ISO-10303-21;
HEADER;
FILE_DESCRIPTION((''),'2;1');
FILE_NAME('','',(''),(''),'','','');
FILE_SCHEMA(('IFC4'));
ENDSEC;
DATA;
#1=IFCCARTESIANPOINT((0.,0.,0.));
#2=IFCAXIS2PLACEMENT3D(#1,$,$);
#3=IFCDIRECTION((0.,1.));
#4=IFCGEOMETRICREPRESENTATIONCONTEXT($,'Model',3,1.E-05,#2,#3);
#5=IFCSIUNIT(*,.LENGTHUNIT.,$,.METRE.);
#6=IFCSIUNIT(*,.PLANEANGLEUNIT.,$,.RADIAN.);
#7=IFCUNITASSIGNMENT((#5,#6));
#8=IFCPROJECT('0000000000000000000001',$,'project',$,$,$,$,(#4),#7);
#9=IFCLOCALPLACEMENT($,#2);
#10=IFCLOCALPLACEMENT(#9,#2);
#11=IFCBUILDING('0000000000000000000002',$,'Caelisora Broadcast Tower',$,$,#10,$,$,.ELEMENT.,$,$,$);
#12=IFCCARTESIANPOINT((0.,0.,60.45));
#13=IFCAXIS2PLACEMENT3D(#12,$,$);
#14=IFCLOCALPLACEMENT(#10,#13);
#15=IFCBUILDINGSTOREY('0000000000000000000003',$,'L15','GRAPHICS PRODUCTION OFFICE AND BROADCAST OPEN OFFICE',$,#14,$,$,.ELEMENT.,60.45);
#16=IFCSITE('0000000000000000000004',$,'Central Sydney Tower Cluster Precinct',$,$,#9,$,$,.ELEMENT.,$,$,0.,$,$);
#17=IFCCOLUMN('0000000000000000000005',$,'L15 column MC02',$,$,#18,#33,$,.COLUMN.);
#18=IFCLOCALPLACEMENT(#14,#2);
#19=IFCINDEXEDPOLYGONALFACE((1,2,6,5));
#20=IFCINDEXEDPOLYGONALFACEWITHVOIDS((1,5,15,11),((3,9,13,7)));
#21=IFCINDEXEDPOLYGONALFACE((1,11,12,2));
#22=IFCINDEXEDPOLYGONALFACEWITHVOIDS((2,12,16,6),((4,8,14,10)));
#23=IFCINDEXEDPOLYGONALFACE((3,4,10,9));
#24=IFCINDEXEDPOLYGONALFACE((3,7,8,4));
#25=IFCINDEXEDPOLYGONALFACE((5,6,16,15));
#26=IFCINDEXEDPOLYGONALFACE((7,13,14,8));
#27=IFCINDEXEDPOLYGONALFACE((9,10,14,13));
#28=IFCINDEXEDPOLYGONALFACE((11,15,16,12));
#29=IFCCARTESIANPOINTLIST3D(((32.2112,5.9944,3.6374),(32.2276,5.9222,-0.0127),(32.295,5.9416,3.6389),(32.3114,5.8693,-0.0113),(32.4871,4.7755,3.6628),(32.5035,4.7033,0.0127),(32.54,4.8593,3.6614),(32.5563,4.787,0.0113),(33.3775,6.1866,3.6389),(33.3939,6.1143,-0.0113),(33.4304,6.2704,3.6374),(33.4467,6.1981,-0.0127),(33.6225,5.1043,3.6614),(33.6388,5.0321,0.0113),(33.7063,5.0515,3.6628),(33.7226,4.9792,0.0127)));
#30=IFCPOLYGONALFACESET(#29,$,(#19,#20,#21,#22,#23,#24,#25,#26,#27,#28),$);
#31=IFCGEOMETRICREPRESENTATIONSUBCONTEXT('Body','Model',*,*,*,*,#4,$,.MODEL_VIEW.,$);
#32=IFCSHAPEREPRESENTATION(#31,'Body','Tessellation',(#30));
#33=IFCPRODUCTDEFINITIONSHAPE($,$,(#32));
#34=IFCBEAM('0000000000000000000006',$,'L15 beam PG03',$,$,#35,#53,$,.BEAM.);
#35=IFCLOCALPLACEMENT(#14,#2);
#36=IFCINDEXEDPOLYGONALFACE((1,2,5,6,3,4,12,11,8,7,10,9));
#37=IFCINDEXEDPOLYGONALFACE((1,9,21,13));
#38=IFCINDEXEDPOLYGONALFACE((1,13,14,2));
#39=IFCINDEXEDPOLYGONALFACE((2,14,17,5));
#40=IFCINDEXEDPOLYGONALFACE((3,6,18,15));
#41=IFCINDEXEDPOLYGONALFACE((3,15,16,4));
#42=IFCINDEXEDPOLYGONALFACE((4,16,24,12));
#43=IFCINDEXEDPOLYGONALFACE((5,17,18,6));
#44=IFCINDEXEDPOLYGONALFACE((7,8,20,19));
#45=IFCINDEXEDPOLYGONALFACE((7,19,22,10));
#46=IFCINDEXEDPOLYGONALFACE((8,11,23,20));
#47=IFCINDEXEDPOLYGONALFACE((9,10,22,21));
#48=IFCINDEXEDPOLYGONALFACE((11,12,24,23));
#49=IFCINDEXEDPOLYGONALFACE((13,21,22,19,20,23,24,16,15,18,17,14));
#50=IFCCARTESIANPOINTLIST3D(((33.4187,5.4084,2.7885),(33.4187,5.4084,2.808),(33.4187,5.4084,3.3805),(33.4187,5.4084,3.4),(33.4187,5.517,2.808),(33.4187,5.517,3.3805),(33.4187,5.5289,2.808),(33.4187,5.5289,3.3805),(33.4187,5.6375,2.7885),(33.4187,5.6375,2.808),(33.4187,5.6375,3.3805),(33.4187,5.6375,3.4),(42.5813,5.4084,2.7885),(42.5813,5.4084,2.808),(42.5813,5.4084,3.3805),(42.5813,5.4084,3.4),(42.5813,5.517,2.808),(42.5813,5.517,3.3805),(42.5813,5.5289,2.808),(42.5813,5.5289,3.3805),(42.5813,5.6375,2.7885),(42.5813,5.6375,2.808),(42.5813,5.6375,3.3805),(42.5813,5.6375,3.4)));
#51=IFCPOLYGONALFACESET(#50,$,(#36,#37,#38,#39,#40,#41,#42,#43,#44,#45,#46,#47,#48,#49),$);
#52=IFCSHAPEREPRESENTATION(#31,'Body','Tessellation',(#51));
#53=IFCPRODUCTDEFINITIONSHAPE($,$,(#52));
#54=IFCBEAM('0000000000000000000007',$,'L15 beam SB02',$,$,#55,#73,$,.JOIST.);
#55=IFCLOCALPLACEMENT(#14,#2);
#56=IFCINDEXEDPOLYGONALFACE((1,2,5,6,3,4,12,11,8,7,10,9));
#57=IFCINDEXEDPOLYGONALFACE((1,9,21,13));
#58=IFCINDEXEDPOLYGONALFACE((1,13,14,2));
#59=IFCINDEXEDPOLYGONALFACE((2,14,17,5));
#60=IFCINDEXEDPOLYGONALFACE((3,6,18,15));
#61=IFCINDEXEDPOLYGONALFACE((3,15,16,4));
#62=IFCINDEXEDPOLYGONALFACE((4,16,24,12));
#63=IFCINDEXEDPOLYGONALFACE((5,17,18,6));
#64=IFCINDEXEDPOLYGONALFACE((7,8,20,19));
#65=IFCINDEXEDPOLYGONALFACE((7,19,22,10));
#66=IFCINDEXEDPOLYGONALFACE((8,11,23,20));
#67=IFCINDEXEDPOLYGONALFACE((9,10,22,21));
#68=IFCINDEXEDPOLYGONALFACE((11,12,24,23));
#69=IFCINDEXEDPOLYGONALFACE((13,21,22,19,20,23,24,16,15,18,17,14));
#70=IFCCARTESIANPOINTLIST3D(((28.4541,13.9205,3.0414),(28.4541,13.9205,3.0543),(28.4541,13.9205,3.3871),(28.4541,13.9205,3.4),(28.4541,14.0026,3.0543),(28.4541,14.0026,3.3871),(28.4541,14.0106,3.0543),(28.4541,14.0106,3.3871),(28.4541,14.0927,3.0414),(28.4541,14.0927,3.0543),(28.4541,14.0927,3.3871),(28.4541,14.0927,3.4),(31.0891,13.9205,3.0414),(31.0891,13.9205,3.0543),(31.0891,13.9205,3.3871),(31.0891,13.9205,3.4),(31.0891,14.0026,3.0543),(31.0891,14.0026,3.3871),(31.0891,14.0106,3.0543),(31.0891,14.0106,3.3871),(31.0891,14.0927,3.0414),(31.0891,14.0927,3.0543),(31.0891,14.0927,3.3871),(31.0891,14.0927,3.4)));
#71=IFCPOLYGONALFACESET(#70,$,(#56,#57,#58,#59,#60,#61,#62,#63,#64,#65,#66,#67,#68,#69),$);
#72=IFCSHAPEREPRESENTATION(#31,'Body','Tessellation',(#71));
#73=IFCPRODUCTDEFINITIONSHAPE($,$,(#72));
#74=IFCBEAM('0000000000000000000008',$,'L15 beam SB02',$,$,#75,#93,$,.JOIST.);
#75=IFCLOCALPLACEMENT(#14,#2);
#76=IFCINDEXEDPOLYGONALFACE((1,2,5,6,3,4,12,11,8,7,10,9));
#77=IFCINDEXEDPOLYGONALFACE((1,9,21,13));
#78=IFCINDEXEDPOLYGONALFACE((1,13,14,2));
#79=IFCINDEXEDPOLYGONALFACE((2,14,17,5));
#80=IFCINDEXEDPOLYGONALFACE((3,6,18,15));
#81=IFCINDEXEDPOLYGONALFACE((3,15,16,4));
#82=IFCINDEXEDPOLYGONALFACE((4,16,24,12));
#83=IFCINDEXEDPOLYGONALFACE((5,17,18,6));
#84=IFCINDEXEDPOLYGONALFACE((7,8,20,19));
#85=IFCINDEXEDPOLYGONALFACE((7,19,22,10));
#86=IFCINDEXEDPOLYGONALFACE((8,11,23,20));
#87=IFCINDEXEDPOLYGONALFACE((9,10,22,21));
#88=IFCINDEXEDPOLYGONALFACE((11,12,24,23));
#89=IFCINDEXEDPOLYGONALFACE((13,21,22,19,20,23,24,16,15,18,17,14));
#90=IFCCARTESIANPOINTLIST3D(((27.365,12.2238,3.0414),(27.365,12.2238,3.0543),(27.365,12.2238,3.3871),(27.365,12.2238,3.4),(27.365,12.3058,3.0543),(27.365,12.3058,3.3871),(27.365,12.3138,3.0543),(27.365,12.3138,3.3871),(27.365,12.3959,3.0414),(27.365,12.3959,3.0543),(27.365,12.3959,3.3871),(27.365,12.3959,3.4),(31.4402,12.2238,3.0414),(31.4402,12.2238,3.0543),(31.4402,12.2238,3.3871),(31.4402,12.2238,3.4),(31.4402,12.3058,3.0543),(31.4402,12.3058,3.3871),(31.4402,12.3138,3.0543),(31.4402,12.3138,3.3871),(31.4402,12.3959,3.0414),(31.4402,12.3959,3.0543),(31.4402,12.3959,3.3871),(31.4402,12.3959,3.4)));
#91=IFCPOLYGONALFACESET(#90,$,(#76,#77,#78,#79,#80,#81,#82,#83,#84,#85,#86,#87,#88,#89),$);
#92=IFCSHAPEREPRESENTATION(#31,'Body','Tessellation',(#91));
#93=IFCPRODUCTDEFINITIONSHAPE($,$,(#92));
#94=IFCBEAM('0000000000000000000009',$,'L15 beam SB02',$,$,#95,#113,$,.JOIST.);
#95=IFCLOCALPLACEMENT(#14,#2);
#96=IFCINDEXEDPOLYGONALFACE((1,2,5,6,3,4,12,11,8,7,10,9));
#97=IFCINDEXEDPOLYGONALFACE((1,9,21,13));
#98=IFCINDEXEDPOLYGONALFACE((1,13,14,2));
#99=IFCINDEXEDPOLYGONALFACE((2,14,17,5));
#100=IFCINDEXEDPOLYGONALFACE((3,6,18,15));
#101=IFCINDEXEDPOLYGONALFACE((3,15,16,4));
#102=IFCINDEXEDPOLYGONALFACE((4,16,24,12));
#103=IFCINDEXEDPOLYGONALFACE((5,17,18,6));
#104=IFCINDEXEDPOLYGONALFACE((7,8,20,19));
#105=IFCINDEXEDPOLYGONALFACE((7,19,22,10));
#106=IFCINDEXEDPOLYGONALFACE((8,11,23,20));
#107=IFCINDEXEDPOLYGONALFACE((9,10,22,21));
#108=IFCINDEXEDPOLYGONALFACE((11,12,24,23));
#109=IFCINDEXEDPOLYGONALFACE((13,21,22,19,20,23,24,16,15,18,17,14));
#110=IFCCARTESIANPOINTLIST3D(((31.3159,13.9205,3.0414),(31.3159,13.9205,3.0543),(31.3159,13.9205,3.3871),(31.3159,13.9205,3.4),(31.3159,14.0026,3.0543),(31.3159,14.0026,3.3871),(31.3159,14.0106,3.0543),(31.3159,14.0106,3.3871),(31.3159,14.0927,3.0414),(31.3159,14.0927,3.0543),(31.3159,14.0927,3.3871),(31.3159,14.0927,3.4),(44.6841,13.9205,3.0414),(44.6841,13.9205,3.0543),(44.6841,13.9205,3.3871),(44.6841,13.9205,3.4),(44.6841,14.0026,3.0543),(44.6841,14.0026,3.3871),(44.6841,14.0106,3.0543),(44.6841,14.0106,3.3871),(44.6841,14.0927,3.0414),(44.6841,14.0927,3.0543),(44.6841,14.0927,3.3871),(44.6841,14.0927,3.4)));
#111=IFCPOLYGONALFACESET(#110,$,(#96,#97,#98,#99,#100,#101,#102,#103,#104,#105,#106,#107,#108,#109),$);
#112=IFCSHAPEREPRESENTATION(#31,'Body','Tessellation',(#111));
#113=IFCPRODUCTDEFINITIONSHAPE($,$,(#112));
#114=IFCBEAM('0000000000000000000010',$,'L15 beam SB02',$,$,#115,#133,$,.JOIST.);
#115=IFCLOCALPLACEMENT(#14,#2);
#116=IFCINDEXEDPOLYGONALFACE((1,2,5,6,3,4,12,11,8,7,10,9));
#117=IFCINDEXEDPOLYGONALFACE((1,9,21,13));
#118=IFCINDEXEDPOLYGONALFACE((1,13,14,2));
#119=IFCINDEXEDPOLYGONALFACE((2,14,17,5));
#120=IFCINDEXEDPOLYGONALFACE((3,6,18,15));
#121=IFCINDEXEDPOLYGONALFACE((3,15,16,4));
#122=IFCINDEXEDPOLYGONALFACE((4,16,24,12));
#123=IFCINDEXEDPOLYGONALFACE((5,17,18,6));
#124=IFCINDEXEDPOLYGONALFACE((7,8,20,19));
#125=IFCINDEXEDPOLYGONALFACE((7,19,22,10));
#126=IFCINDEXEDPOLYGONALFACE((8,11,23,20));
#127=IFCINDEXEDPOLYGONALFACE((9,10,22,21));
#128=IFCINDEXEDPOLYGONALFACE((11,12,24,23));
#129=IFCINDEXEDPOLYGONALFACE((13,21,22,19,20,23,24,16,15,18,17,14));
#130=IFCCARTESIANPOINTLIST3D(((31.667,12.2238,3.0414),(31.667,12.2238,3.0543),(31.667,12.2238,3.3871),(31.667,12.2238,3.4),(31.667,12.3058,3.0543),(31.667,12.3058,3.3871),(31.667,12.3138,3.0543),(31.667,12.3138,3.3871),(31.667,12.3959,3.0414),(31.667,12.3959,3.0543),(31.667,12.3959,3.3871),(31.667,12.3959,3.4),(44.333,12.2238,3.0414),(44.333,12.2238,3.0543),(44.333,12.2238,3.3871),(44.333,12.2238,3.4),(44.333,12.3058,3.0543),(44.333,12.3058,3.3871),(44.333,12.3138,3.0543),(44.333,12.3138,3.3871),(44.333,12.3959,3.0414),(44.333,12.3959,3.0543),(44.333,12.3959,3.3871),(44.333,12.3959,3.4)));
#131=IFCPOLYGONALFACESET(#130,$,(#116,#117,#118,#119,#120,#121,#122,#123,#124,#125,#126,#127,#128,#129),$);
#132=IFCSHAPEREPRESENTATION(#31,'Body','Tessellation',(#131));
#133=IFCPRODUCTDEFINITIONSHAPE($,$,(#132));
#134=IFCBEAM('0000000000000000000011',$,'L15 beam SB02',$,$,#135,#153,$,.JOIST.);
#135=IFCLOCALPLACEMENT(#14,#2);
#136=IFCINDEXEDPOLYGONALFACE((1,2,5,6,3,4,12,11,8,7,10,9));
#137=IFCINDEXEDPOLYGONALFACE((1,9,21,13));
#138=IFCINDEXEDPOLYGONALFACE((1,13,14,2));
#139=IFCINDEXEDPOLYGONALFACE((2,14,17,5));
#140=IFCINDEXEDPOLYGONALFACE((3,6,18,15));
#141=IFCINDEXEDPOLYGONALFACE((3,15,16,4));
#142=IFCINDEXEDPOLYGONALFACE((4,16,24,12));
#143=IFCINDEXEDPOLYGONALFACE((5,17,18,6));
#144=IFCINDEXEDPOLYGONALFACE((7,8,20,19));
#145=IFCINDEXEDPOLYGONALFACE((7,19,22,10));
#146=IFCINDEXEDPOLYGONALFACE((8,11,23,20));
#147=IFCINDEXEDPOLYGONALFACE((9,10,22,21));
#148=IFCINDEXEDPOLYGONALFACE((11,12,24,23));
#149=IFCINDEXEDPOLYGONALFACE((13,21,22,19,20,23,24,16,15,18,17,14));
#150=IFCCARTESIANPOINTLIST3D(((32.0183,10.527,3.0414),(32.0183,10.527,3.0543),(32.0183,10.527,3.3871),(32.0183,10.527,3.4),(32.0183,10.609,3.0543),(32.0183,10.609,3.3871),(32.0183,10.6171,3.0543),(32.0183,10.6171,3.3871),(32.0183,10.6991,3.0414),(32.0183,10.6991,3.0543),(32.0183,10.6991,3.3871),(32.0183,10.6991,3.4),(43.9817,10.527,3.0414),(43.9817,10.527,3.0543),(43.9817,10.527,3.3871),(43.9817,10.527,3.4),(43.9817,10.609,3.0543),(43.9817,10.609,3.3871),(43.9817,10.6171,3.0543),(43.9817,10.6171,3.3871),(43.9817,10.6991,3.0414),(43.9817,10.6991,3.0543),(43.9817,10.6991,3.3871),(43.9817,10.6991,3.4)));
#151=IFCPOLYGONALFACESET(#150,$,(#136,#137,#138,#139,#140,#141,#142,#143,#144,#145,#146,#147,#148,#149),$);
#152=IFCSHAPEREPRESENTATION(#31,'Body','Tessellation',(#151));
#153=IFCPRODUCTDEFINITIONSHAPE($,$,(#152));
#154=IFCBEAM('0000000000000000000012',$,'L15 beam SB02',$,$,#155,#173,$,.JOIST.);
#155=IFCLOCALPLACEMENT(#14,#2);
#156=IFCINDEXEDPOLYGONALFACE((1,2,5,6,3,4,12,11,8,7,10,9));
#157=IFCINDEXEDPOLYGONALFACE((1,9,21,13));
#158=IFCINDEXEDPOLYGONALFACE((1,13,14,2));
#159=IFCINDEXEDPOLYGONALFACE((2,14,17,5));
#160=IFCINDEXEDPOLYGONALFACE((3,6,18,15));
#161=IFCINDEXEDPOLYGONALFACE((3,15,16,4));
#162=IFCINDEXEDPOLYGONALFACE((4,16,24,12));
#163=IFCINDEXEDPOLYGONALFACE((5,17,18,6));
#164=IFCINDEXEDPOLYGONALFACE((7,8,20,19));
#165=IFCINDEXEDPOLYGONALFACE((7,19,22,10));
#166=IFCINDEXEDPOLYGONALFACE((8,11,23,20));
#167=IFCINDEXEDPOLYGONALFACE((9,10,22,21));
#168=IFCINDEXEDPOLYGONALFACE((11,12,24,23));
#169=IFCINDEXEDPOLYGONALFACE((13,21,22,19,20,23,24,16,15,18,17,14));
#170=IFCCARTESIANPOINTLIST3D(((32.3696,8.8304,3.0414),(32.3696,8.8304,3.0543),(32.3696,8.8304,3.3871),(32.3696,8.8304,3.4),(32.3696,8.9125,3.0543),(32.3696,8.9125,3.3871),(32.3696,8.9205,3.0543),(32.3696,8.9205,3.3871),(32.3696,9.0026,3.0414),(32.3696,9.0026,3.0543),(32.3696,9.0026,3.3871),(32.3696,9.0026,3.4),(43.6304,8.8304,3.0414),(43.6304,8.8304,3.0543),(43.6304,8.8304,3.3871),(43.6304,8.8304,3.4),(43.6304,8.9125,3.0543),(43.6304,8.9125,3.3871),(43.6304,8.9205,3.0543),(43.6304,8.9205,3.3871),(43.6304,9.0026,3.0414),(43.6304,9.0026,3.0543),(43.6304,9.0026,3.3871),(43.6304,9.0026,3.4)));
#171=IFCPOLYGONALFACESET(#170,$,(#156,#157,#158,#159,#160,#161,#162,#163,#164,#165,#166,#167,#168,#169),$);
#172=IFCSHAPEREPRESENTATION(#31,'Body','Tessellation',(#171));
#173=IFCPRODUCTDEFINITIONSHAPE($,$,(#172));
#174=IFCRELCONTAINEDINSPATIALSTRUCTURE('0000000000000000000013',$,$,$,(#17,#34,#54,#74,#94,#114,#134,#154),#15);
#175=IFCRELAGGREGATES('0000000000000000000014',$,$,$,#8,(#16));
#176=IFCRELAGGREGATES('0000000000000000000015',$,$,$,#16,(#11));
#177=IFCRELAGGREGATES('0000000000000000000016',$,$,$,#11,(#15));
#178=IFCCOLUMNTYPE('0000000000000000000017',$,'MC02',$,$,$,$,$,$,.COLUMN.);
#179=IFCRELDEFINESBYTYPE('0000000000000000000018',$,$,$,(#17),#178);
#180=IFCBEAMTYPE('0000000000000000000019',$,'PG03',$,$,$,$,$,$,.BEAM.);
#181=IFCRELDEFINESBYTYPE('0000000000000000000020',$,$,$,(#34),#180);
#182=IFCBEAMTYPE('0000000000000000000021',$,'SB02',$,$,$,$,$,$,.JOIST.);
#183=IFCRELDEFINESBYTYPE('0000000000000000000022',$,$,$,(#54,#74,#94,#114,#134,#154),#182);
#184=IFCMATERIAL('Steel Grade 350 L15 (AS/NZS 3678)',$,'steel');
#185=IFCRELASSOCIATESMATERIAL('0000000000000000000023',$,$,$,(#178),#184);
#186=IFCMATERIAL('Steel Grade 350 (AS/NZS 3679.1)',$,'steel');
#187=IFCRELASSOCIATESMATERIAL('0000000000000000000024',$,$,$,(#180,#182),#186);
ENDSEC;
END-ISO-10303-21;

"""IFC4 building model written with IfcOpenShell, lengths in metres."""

from ifc_helpers import new_model, si_unit, direction, frame, origin, origin_2d, place, context, subcontext, project, spatial, hollow_rectangle, i_section, extrude, source, transform, mapped, material, material_profile, profile_set, type_object, type_shapes, element, save


model = new_model("IFC4")

# Units and contexts
model_context = context("Model", 3, precision=1e-05, world=origin(), true_north=direction((0.0, 1.0)))
body_context = subcontext(model_context, "Body", "Model", "MODEL_VIEW")
ifc_project = project(units=[si_unit("LENGTHUNIT", "METRE"), si_unit("PLANEANGLEUNIT", "RADIAN")], contexts=[model_context])

# Site, building, storey
site_placement = place(None, origin())
site = spatial("IfcSite", under=ifc_project, at=site_placement, Name="Central Sydney Tower Cluster Precinct", CompositionType="ELEMENT", RefElevation=0.0)
building_placement = place(site_placement, origin())
building = spatial("IfcBuilding", under=site, at=building_placement, Name="Caelisora Broadcast Tower", CompositionType="ELEMENT")
storey_placement = place(building_placement, frame((0.0, 0.0, 60.45)))
storey = spatial("IfcBuildingStorey", under=building, at=storey_placement, Name="L15", Description="GRAPHICS PRODUCTION OFFICE AND BROADCAST OPEN OFFICE", CompositionType="ELEMENT", Elevation=60.45)

# Column
ifc_material_1 = material(Name="Steel Grade 350 L15 (AS/NZS 3678)", Category="steel")
ifc_material_profile_1 = material_profile(ifc_material_1, hollow_rectangle(XDim=1.25, YDim=1.25, WallThickness=0.0701, at=origin_2d()), Name="Steel Grade 350 L15 (AS/NZS 3678)")
ifc_profile_set_1 = profile_set([ifc_material_profile_1], Name="Steel Grade 350 L15 (AS/NZS 3678)")
column_type = type_object("IfcColumnType", Name="MC02", PredefinedType="COLUMN", material=ifc_profile_set_1)
shared_shape_1 = source(origin(), body_context, "Body", "SweptSolid", [
    extrude(hollow_rectangle(XDim=1.25, YDim=1.25, WallThickness=0.0701, at=origin_2d()), origin(), (0.0, 0.0, 1.0), 3.6509),
])
type_shapes(column_type, [shared_shape_1])
column_placement = place(storey_placement, frame((32.9751, 5.4507, 0.0), z_axis=(-0.00448, 0.019794, 0.999794), x_axis=(-0.975327, -0.220767, 0.0)))
element("IfcColumn", 1, at=column_placement, inside=storey, type_object=column_type, Name="L15 column MC02", PredefinedType="COLUMN", context=body_context, shape_type="MappedRepresentation", body=[
    mapped(shared_shape_1, transform((0.0, 0.0, 0.0), scale=1.0)),
])

# Beams
ifc_material_2 = material(Name="Steel Grade 350 (AS/NZS 3679.1)", Category="steel")
ifc_material_profile_2 = material_profile(ifc_material_2, i_section(OverallWidth=0.229, OverallDepth=0.6116, WebThickness=0.012, FlangeThickness=0.0195, at=origin_2d()), Name="Steel Grade 350 (AS/NZS 3679.1)")
ifc_profile_set_2 = profile_set([ifc_material_profile_2], Name="Steel Grade 350 (AS/NZS 3679.1)")
beam_type_1 = type_object("IfcBeamType", Name="PG03", PredefinedType="BEAM", material=ifc_profile_set_2)
shared_shape_2 = source(origin(), body_context, "Body", "SweptSolid", [
    extrude(i_section(OverallWidth=0.229, OverallDepth=0.6116, WebThickness=0.012, FlangeThickness=0.0195, at=origin_2d()), origin(), (0.0, 0.0, 1.0), 9.1626),
])
type_shapes(beam_type_1, [shared_shape_2])
beam_1_placement = place(storey_placement, frame((33.4187, 5.5229, 3.0942), z_axis=(1.0, 0.0, 0.0), x_axis=(0.0, 1.0, 0.0)))
element("IfcBeam", 2, at=beam_1_placement, inside=storey, type_object=beam_type_1, Name="L15 beam PG03", PredefinedType="BEAM", context=body_context, shape_type="MappedRepresentation", body=[
    mapped(shared_shape_2, transform((0.0, 0.0, 0.0), scale=1.0)),
])
ifc_material_profile_3 = material_profile(ifc_material_2, i_section(OverallWidth=0.1721, OverallDepth=0.3586, WebThickness=0.0081, FlangeThickness=0.0129, at=origin_2d()), Name="Steel Grade 350 (AS/NZS 3679.1)")
ifc_profile_set_3 = profile_set([ifc_material_profile_3], Name="Steel Grade 350 (AS/NZS 3679.1)")
beam_type_2 = type_object("IfcBeamType", Name="SB02", PredefinedType="JOIST", material=ifc_profile_set_3)
shared_shape_3 = source(origin(), body_context, "Body", "SweptSolid", [
    extrude(i_section(OverallWidth=0.1721, OverallDepth=0.3586, WebThickness=0.0081, FlangeThickness=0.0129, at=origin_2d()), origin(), (0.0, 0.0, 1.0), 2.635),
])
beam_2_placement = place(storey_placement, frame((28.4541, 14.0066, 3.2207), z_axis=(1.0, 0.0, 0.0), x_axis=(0.0, 1.0, 0.0)))
element("IfcBeam", 3, at=beam_2_placement, inside=storey, type_object=beam_type_2, Name="L15 beam SB02", PredefinedType="JOIST", context=body_context, shape_type="MappedRepresentation", body=[
    mapped(shared_shape_3, transform((0.0, 0.0, 0.0), scale=1.0)),
])
shared_shape_4 = source(origin(), body_context, "Body", "SweptSolid", [
    extrude(i_section(OverallWidth=0.1721, OverallDepth=0.3586, WebThickness=0.0081, FlangeThickness=0.0129, at=origin_2d()), origin(), (0.0, 0.0, 1.0), 4.0752),
])
beam_3_placement = place(storey_placement, frame((27.365, 12.3098, 3.2207), z_axis=(1.0, 0.0, 0.0), x_axis=(0.0, 1.0, 0.0)))
element("IfcBeam", 4, at=beam_3_placement, inside=storey, type_object=beam_type_2, Name="L15 beam SB02", PredefinedType="JOIST", context=body_context, shape_type="MappedRepresentation", body=[
    mapped(shared_shape_4, transform((0.0, 0.0, 0.0), scale=1.0)),
])
shared_shape_5 = source(origin(), body_context, "Body", "SweptSolid", [
    extrude(i_section(OverallWidth=0.1721, OverallDepth=0.3586, WebThickness=0.0081, FlangeThickness=0.0129, at=origin_2d()), origin(), (0.0, 0.0, 1.0), 13.3682),
])
beam_4_placement = place(storey_placement, frame((31.3159, 14.0066, 3.2207), z_axis=(1.0, 0.0, 0.0), x_axis=(0.0, 1.0, 0.0)))
element("IfcBeam", 5, at=beam_4_placement, inside=storey, type_object=beam_type_2, Name="L15 beam SB02", PredefinedType="JOIST", context=body_context, shape_type="MappedRepresentation", body=[
    mapped(shared_shape_5, transform((0.0, 0.0, 0.0), scale=1.0)),
])
shared_shape_6 = source(origin(), body_context, "Body", "SweptSolid", [
    extrude(i_section(OverallWidth=0.1721, OverallDepth=0.3586, WebThickness=0.0081, FlangeThickness=0.0129, at=origin_2d()), origin(), (0.0, 0.0, 1.0), 12.666),
])
beam_5_placement = place(storey_placement, frame((31.667, 12.3098, 3.2207), z_axis=(1.0, 0.0, 0.0), x_axis=(0.0, 1.0, 0.0)))
element("IfcBeam", 6, at=beam_5_placement, inside=storey, type_object=beam_type_2, Name="L15 beam SB02", PredefinedType="JOIST", context=body_context, shape_type="MappedRepresentation", body=[
    mapped(shared_shape_6, transform((0.0, 0.0, 0.0), scale=1.0)),
])
shared_shape_7 = source(origin(), body_context, "Body", "SweptSolid", [
    extrude(i_section(OverallWidth=0.1721, OverallDepth=0.3586, WebThickness=0.0081, FlangeThickness=0.0129, at=origin_2d()), origin(), (0.0, 0.0, 1.0), 11.9634),
])
beam_6_placement = place(storey_placement, frame((32.0183, 10.613, 3.2207), z_axis=(1.0, 0.0, 0.0), x_axis=(0.0, 1.0, 0.0)))
element("IfcBeam", 7, at=beam_6_placement, inside=storey, type_object=beam_type_2, Name="L15 beam SB02", PredefinedType="JOIST", context=body_context, shape_type="MappedRepresentation", body=[
    mapped(shared_shape_7, transform((0.0, 0.0, 0.0), scale=1.0)),
])
shared_shape_8 = source(origin(), body_context, "Body", "SweptSolid", [
    extrude(i_section(OverallWidth=0.1721, OverallDepth=0.3586, WebThickness=0.0081, FlangeThickness=0.0129, at=origin_2d()), origin(), (0.0, 0.0, 1.0), 11.2607),
])
beam_7_placement = place(storey_placement, frame((32.3696, 8.9165, 3.2207), z_axis=(1.0, 0.0, 0.0), x_axis=(0.0, 1.0, 0.0)))
element("IfcBeam", 8, at=beam_7_placement, inside=storey, type_object=beam_type_2, Name="L15 beam SB02", PredefinedType="JOIST", context=body_context, shape_type="MappedRepresentation", body=[
    mapped(shared_shape_8, transform((0.0, 0.0, 0.0), scale=1.0)),
])

save(model, "model.ifc")
